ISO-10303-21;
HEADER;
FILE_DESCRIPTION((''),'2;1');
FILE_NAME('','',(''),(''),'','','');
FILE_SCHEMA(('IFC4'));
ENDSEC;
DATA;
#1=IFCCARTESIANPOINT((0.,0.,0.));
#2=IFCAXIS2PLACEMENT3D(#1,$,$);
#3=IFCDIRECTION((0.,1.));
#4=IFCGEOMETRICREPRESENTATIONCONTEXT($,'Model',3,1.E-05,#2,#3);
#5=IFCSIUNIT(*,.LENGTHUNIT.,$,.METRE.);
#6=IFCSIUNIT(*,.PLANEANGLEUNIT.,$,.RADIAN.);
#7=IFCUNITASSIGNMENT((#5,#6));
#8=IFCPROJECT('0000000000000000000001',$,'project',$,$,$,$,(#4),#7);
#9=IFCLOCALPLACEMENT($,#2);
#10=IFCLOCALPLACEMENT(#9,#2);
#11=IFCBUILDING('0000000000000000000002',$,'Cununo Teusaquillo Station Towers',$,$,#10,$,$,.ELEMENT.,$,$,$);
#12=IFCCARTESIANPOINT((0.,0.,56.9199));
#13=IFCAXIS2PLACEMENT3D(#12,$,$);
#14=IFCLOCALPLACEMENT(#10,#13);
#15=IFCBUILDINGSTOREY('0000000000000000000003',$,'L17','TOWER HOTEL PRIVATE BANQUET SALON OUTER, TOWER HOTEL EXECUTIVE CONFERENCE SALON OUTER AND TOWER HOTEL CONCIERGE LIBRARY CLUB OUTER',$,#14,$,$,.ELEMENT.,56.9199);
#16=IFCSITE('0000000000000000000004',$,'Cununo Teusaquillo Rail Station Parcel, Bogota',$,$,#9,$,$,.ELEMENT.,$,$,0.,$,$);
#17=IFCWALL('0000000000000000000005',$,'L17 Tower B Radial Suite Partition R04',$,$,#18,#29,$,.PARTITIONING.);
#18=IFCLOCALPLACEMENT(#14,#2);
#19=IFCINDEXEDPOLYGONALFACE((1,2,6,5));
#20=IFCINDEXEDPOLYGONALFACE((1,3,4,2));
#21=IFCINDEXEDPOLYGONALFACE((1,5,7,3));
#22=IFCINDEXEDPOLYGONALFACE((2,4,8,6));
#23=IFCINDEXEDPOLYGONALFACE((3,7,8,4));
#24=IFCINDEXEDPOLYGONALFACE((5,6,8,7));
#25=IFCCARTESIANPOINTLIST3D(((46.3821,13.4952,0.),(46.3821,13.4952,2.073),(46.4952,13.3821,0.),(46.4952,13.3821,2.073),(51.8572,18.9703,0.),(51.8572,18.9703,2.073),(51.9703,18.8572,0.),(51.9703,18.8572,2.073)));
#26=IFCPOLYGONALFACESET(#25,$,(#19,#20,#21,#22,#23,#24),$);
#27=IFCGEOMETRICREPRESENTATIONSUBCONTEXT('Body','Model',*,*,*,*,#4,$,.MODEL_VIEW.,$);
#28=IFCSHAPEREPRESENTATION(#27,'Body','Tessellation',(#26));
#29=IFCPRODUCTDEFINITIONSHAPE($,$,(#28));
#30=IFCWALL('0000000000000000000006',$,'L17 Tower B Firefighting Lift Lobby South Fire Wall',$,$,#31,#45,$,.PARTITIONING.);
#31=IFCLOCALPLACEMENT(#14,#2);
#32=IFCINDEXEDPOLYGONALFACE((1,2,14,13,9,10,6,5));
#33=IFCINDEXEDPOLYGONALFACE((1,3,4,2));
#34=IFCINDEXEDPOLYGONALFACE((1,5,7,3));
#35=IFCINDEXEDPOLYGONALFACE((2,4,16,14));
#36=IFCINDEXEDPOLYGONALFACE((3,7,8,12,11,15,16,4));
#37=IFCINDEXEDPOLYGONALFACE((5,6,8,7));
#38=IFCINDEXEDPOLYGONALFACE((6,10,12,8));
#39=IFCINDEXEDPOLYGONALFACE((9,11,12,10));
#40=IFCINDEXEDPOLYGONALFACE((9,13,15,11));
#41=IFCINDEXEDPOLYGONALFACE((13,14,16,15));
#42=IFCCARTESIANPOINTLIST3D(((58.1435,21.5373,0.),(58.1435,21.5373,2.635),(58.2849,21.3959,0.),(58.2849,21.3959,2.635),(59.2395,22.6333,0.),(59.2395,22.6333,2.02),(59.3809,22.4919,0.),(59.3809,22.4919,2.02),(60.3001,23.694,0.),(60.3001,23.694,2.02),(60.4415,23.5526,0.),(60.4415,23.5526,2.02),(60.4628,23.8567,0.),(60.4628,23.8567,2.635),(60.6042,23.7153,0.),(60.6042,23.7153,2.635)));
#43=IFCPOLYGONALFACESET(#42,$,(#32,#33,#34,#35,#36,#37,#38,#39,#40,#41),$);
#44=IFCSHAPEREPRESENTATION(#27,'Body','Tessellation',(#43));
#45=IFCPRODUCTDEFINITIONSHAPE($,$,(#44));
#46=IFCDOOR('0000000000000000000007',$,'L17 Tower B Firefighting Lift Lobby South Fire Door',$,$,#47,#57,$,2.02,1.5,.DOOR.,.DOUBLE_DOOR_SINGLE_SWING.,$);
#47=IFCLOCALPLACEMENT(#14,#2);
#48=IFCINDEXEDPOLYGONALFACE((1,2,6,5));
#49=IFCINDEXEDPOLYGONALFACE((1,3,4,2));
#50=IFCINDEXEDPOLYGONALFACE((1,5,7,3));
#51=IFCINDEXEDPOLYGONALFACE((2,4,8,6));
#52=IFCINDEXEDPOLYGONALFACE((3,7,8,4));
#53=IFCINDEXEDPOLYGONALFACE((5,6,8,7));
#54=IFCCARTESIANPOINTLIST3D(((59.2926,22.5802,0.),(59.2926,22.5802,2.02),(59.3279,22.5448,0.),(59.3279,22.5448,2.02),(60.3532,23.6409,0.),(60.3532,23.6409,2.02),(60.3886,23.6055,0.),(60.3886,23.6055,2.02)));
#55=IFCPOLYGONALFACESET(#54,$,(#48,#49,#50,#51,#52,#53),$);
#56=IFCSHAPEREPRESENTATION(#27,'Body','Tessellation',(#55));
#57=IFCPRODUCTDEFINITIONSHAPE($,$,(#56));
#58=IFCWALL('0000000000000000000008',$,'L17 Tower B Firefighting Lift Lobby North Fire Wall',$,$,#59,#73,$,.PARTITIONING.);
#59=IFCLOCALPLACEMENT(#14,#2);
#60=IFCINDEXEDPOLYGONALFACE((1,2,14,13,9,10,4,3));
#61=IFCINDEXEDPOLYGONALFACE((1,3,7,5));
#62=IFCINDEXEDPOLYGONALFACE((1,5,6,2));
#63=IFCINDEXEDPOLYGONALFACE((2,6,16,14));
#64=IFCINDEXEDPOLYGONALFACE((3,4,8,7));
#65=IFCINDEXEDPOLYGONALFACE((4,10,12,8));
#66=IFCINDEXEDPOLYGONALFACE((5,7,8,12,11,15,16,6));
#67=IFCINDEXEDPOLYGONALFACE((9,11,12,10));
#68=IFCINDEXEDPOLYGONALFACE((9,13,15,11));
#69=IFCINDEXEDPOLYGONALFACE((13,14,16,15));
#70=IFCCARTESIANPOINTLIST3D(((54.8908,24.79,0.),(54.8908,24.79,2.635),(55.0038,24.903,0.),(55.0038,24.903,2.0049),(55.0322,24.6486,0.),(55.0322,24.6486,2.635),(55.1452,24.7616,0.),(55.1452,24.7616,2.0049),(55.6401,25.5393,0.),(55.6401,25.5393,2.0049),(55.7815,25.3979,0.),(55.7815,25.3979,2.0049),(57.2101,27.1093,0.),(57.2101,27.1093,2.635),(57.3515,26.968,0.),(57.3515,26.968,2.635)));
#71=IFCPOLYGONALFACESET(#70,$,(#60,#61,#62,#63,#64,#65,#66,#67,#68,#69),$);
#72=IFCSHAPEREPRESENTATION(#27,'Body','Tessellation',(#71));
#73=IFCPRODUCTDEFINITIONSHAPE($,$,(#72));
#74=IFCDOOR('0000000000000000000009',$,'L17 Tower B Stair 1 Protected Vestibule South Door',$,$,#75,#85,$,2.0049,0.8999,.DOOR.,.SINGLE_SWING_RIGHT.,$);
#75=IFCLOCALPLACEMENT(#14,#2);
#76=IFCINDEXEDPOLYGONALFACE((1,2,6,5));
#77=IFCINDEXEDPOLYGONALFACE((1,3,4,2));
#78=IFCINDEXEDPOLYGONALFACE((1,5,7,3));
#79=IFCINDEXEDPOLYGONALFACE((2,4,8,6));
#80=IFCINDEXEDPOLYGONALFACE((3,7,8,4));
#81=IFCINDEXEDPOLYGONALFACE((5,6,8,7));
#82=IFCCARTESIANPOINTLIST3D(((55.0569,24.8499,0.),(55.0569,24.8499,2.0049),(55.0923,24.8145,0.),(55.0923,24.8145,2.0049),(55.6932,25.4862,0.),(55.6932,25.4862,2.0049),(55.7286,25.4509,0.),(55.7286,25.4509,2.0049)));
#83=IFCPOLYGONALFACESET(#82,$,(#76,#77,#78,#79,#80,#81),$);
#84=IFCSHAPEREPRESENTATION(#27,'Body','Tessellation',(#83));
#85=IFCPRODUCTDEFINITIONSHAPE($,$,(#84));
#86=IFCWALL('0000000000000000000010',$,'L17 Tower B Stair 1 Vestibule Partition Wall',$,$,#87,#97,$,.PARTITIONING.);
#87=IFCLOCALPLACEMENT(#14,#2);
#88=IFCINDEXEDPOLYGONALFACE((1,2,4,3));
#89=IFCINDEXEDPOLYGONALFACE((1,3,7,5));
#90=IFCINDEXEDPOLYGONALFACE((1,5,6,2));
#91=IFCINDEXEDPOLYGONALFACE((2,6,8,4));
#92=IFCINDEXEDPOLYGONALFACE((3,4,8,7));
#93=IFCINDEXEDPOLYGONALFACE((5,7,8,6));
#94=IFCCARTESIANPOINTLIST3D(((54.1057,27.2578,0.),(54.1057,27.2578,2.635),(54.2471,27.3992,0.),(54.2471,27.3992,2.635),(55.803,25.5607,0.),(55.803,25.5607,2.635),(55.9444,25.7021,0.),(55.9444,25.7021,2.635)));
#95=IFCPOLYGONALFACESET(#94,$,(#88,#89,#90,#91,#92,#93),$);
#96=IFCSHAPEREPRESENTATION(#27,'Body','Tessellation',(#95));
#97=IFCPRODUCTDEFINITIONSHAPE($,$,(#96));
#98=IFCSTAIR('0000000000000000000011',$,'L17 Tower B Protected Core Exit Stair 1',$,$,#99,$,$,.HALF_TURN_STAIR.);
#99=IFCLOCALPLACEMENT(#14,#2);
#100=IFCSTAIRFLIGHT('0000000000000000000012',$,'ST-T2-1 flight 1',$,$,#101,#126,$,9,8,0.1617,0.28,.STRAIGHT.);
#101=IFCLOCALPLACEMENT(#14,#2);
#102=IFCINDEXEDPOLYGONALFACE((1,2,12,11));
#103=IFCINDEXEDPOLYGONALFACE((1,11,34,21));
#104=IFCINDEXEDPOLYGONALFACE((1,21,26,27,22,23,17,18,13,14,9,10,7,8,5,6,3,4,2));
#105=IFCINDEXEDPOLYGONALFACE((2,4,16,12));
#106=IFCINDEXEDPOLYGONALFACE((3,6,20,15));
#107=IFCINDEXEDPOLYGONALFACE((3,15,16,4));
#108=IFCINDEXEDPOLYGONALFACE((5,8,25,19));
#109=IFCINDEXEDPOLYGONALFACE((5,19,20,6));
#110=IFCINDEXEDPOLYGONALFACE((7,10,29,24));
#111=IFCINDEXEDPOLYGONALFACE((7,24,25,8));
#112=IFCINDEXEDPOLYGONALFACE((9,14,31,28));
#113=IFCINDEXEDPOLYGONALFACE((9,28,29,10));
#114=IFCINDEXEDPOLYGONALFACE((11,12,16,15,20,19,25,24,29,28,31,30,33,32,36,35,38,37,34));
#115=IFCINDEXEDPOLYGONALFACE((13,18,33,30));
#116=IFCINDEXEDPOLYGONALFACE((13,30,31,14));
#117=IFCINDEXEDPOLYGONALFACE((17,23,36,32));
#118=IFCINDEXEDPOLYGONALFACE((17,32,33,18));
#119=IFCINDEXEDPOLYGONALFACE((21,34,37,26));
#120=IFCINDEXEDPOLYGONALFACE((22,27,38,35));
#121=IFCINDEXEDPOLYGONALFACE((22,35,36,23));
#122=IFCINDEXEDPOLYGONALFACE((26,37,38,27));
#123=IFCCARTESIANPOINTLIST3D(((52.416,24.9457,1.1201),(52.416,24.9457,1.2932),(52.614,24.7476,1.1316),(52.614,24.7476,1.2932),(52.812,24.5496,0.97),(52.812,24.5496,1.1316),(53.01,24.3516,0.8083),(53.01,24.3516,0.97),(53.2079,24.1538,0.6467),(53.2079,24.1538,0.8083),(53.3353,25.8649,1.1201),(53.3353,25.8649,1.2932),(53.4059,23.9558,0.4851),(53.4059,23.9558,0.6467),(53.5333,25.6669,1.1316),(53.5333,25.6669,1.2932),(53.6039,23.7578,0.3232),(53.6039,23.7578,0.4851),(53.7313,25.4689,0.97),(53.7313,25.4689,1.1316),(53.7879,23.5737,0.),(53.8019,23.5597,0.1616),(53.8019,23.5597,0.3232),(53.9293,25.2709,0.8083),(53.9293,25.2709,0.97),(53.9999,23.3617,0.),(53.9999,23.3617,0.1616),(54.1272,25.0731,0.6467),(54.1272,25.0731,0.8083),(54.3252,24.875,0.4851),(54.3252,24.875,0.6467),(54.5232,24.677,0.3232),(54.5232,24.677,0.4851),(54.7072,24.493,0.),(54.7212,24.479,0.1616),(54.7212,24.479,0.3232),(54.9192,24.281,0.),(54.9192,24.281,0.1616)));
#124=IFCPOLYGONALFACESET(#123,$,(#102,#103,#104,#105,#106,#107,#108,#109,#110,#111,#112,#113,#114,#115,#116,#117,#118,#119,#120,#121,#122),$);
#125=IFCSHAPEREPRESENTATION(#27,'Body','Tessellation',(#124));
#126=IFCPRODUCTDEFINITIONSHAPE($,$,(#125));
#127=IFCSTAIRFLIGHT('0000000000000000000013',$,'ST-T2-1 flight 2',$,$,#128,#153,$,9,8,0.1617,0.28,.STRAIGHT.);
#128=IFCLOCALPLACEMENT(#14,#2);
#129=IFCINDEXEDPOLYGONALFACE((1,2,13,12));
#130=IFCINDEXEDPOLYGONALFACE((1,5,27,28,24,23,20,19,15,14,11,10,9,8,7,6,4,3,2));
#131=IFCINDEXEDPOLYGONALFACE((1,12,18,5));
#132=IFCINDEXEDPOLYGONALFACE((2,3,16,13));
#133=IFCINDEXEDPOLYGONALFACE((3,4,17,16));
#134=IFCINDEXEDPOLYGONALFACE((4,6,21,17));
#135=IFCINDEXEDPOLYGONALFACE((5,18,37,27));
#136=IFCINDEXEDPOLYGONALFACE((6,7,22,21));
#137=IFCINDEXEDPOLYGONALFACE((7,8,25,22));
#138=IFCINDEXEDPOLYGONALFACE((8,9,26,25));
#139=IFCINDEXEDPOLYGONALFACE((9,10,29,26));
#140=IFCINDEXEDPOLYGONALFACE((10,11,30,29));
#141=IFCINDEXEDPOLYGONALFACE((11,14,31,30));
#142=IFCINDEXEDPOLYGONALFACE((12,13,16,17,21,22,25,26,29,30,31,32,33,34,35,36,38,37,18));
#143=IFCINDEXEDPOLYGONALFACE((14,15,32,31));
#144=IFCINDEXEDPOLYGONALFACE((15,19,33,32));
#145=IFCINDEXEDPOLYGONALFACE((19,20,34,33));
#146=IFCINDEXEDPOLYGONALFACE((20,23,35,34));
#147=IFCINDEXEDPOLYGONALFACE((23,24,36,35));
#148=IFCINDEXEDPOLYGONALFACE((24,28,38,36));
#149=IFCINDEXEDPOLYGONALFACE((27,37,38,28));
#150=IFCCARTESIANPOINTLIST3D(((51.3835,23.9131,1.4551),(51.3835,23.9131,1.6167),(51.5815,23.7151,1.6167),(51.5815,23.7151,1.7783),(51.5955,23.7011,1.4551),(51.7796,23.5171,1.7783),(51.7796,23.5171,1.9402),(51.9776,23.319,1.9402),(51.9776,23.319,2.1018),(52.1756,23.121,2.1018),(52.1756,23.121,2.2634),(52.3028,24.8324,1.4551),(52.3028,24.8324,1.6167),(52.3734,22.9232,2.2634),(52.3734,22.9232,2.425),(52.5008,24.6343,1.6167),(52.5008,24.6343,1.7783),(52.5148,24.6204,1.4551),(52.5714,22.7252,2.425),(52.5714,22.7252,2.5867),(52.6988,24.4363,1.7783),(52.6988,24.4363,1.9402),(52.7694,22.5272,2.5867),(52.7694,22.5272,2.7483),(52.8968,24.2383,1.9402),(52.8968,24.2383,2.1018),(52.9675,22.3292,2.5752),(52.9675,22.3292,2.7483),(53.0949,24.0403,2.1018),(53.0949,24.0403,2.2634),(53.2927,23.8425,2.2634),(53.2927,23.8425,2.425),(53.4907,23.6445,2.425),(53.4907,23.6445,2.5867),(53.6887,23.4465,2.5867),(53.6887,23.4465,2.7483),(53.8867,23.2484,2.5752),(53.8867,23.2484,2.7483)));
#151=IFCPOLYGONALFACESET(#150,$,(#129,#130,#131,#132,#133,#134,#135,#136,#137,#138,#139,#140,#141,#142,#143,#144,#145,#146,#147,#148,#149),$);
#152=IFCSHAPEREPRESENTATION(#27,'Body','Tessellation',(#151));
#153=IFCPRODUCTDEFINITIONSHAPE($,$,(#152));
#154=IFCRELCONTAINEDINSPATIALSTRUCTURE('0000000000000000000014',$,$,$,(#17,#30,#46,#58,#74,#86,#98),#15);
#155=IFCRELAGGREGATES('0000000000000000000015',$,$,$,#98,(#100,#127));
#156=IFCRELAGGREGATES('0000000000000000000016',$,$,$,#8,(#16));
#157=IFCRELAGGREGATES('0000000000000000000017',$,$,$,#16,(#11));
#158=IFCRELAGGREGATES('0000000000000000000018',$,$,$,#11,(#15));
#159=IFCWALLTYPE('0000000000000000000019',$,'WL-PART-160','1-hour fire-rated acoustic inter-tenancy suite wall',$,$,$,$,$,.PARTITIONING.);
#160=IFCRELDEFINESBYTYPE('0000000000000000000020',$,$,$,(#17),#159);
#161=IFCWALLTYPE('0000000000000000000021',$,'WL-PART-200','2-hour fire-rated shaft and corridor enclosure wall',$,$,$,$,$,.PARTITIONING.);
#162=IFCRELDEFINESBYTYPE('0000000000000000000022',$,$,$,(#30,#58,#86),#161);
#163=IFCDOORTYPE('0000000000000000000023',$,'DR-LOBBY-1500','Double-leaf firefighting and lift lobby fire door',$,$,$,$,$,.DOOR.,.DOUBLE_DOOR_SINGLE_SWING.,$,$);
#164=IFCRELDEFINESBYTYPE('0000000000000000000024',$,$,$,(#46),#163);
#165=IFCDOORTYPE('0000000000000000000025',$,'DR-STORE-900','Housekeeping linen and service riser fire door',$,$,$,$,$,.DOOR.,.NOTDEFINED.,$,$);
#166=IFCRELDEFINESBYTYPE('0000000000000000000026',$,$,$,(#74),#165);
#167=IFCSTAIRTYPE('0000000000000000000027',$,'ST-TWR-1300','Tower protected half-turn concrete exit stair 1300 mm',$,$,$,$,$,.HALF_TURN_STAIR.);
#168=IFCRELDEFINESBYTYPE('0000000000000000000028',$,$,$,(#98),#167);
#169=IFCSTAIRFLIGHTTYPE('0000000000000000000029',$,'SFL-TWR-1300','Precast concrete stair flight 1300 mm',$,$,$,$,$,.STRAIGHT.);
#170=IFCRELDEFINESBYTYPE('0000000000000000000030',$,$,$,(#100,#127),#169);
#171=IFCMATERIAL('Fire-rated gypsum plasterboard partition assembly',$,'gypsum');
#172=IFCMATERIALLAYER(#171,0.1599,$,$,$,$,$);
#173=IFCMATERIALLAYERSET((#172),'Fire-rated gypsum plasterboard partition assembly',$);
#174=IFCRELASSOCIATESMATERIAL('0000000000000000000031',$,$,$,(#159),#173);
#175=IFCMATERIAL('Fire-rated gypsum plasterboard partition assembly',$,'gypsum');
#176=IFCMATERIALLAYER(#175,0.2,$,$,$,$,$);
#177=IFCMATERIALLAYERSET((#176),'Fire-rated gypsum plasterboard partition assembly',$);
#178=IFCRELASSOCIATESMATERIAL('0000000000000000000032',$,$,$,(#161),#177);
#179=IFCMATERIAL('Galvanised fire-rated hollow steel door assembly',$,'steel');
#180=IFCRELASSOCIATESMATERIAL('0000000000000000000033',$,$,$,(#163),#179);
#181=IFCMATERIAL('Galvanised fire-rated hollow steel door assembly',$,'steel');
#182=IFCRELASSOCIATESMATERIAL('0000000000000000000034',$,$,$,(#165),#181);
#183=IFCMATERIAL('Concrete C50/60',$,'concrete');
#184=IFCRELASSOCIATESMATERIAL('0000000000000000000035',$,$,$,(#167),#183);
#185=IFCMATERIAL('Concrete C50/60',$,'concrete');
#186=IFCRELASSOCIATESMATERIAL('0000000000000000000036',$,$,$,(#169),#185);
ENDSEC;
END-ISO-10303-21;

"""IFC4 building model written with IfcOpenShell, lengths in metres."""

from ifc_helpers import new_model, si_unit, direction, frame, frame_2d, origin, place, context, subcontext, project, spatial, polyline, rectangle, outline, extrude, source, transform, mapped, material, layer, layer_set, type_object, element, fill, aggregate, save


model = new_model("IFC4")

# Units and contexts
model_context = context("Model", 3, precision=1e-05, world=origin(), true_north=direction((0.0, 1.0)))
body_context = subcontext(model_context, "Body", "Model", "MODEL_VIEW")
ifc_project = project(units=[si_unit("LENGTHUNIT", "METRE"), si_unit("PLANEANGLEUNIT", "RADIAN")], contexts=[model_context])

# Site, building, storey
site_placement = place(None, origin())
site = spatial("IfcSite", under=ifc_project, at=site_placement, Name="Cununo Teusaquillo Rail Station Parcel, Bogota", CompositionType="ELEMENT", RefElevation=0.0)
building_placement = place(site_placement, origin())
building = spatial("IfcBuilding", under=site, at=building_placement, Name="Cununo Teusaquillo Station Towers", CompositionType="ELEMENT")
storey_placement = place(building_placement, frame((0.0, 0.0, 56.9199)))
storey = spatial("IfcBuildingStorey", under=building, at=storey_placement, Name="L17", Description="TOWER HOTEL PRIVATE BANQUET SALON OUTER, TOWER HOTEL EXECUTIVE CONFERENCE SALON OUTER AND TOWER HOTEL CONCIERGE LIBRARY CLUB OUTER", CompositionType="ELEMENT", Elevation=56.9199)

# Wall
ifc_material_1 = material(Name="Fire-rated gypsum plasterboard partition assembly", Category="gypsum")
ifc_layer_1 = layer(ifc_material_1, 0.1599)
ifc_layer_set_1 = layer_set([ifc_layer_1], Name="Fire-rated gypsum plasterboard partition assembly")
wall_type_1 = type_object("IfcWallType", Name="WL-PART-160", Description="1-hour fire-rated acoustic inter-tenancy suite wall", PredefinedType="PARTITIONING", material=ifc_layer_set_1)
wall_1_placement = place(storey_placement, frame((51.9138, 18.9138, 0.0), z_axis=(0.0, 0.0, 1.0), x_axis=(-0.707107, -0.707107, 0.0)))
element("IfcWall", 1, at=wall_1_placement, inside=storey, type_object=wall_type_1, Name="L17 Tower B Radial Suite Partition R04", PredefinedType="PARTITIONING", context=body_context, shape_type="SweptSolid", body=[
    extrude(rectangle(XDim=7.7429, YDim=0.1599, at=frame_2d((3.8716, 0.0))), origin(), (0.0, 0.0, 1.0), 2.073),
])

# Walls, openings, doors
ifc_material_2 = material(Name="Fire-rated gypsum plasterboard partition assembly", Category="gypsum")
ifc_layer_2 = layer(ifc_material_2, 0.2)
ifc_layer_set_2 = layer_set([ifc_layer_2], Name="Fire-rated gypsum plasterboard partition assembly")
wall_type_2 = type_object("IfcWallType", Name="WL-PART-200", Description="2-hour fire-rated shaft and corridor enclosure wall", PredefinedType="PARTITIONING", material=ifc_layer_set_2)
wall_2_placement = place(storey_placement, frame((58.2141, 21.4666, 0.0), z_axis=(0.0, 0.0, 1.0), x_axis=(0.707107, 0.707107, 0.0)))
wall_2 = element("IfcWall", 2, at=wall_2_placement, inside=storey, type_object=wall_type_2, Name="L17 Tower B Firefighting Lift Lobby South Fire Wall", PredefinedType="PARTITIONING", context=body_context, shape_type="SweptSolid", body=[
    extrude(rectangle(XDim=3.28, YDim=0.2, at=frame_2d((1.6401, 0.0))), origin(), (0.0, 0.0, 1.0), 2.635),
])
shared_shape_1 = source(origin(), body_context, "Body", "SweptSolid", [
    extrude(rectangle(XDim=1.5, YDim=2.02, at=frame_2d((0.75, 1.01))), frame((0.0, 0.1099, 0.0), z_axis=(0.0, -1.0, 0.0), x_axis=(1.0, 0.0, 0.0)), (0.0, 0.0, 1.0), 0.22),
])
opening_1_placement = place(wall_2_placement, frame((1.55, 0.0, 0.0)))
opening_1 = element("IfcOpeningElement", 3, at=opening_1_placement, cuts=wall_2, PredefinedType="OPENING", context=body_context, shape_type="MappedRepresentation", body=[
    mapped(shared_shape_1, transform((0.0, 0.0, 0.0), x_axis=(1.0, 0.0, 0.0), y_axis=(0.0, 1.0, 0.0), z_axis=(0.0, 0.0, 1.0), scale=1.0)),
])
ifc_material_3 = material(Name="Galvanised fire-rated hollow steel door assembly", Category="steel")
door_type_1 = type_object("IfcDoorType", Name="DR-LOBBY-1500", Description="Double-leaf firefighting and lift lobby fire door", OperationType="DOUBLE_DOOR_SINGLE_SWING", PredefinedType="DOOR", material=ifc_material_3)
shared_shape_2 = source(origin(), body_context, "Body", "SweptSolid", [
    extrude(rectangle(XDim=1.5, YDim=2.02, at=frame_2d((0.75, 1.01))), frame((0.0, 0.0249, 0.0), z_axis=(0.0, -1.0, 0.0), x_axis=(1.0, 0.0, 0.0)), (0.0, 0.0, 1.0), 0.05),
])
door_1_placement = place(opening_1_placement, origin())
door_1 = element("IfcDoor", 4, at=door_1_placement, inside=storey, type_object=door_type_1, Name="L17 Tower B Firefighting Lift Lobby South Fire Door", OperationType="DOUBLE_DOOR_SINGLE_SWING", OverallHeight=2.02, OverallWidth=1.5, PredefinedType="DOOR", context=body_context, shape_type="MappedRepresentation", body=[
    mapped(shared_shape_2, transform((0.0, 0.0, 0.0), x_axis=(1.0, 0.0, 0.0), y_axis=(0.0, 1.0, 0.0), z_axis=(0.0, 0.0, 1.0), scale=1.0)),
])
fill(opening_1, door_1)
wall_3_placement = place(storey_placement, frame((54.9614, 24.7192, 0.0), z_axis=(0.0, 0.0, 1.0), x_axis=(0.707107, 0.707107, 0.0)))
wall_3 = element("IfcWall", 5, at=wall_3_placement, inside=storey, type_object=wall_type_2, Name="L17 Tower B Firefighting Lift Lobby North Fire Wall", PredefinedType="PARTITIONING", context=body_context, shape_type="SweptSolid", body=[
    extrude(rectangle(XDim=3.28, YDim=0.2, at=frame_2d((1.6401, 0.0))), origin(), (0.0, 0.0, 1.0), 2.635),
])
shared_shape_3 = source(origin(), body_context, "Body", "SweptSolid", [
    extrude(rectangle(XDim=0.8999, YDim=2.0049, at=frame_2d((0.45, 1.0024))), frame((0.0, 0.1099, 0.0), z_axis=(0.0, -1.0, 0.0), x_axis=(1.0, 0.0, 0.0)), (0.0, 0.0, 1.0), 0.22),
])
opening_2_placement = place(wall_3_placement, frame((0.1599, 0.0, 0.0)))
opening_2 = element("IfcOpeningElement", 6, at=opening_2_placement, cuts=wall_3, PredefinedType="OPENING", context=body_context, shape_type="MappedRepresentation", body=[
    mapped(shared_shape_3, transform((0.0, 0.0, 0.0), x_axis=(1.0, 0.0, 0.0), y_axis=(0.0, 1.0, 0.0), z_axis=(0.0, 0.0, 1.0), scale=1.0)),
])
ifc_material_4 = material(Name="Galvanised fire-rated hollow steel door assembly", Category="steel")
door_type_2 = type_object("IfcDoorType", Name="DR-STORE-900", Description="Housekeeping linen and service riser fire door", OperationType="NOTDEFINED", PredefinedType="DOOR", material=ifc_material_4)
shared_shape_4 = source(origin(), body_context, "Body", "SweptSolid", [
    extrude(rectangle(XDim=0.8999, YDim=2.0049, at=frame_2d((0.45, 1.0024))), frame((0.0, 0.0249, 0.0), z_axis=(0.0, -1.0, 0.0), x_axis=(1.0, 0.0, 0.0)), (0.0, 0.0, 1.0), 0.05),
])
door_2_placement = place(opening_2_placement, origin())
door_2 = element("IfcDoor", 7, at=door_2_placement, inside=storey, type_object=door_type_2, Name="L17 Tower B Stair 1 Protected Vestibule South Door", OperationType="SINGLE_SWING_RIGHT", OverallHeight=2.0049, OverallWidth=0.8999, PredefinedType="DOOR", context=body_context, shape_type="MappedRepresentation", body=[
    mapped(shared_shape_4, transform((0.0, 0.0, 0.0), x_axis=(1.0, 0.0, 0.0), y_axis=(0.0, 1.0, 0.0), z_axis=(0.0, 0.0, 1.0), scale=1.0)),
])
fill(opening_2, door_2)

# Wall
wall_4_placement = place(storey_placement, frame((55.8738, 25.6313, 0.0), z_axis=(0.0, 0.0, 1.0), x_axis=(-0.707158, 0.707056, 0.0)))
element("IfcWall", 8, at=wall_4_placement, inside=storey, type_object=wall_type_2, Name="L17 Tower B Stair 1 Vestibule Partition Wall", PredefinedType="PARTITIONING", context=body_context, shape_type="SweptSolid", body=[
    extrude(rectangle(XDim=2.4001, YDim=0.2, at=frame_2d((1.2002, 0.0))), origin(), (0.0, 0.0, 1.0), 2.635),
])

# Stair, stair flights
ifc_material_5 = material(Name="Concrete C50/60", Category="concrete")
stair_type = type_object("IfcStairType", Name="ST-TWR-1300", Description="Tower protected half-turn concrete exit stair 1300 mm", PredefinedType="HALF_TURN_STAIR", material=ifc_material_5)
stair_placement = place(storey_placement, origin())
stair = element("IfcStair", 9, at=stair_placement, inside=storey, type_object=stair_type, Name="L17 Tower B Protected Core Exit Stair 1", PredefinedType="HALF_TURN_STAIR")
ifc_material_6 = material(Name="Concrete C50/60", Category="concrete")
stair_flight_type = type_object("IfcStairFlightType", Name="SFL-TWR-1300", Description="Precast concrete stair flight 1300 mm", PredefinedType="STRAIGHT", material=ifc_material_6)
stair_flight_1_placement = place(storey_placement, frame((54.4595, 23.8213, 0.0), z_axis=(0.0, 0.0, 1.0), x_axis=(-0.707107, 0.707107, 0.0)))
stair_flight_1 = element("IfcStairFlight", 10, at=stair_flight_1_placement, type_object=stair_flight_type, Name="ST-T2-1 flight 1", NumberOfRisers=9, NumberOfTreads=8, PredefinedType="STRAIGHT", RiserHeight=0.1617, TreadLength=0.28, context=body_context, shape_type="SweptSolid", body=[
    extrude(outline(polyline([(0.0, 0.0), (0.0, 0.1616), (0.28, 0.1616), (0.28, 0.3232), (0.5601, 0.3232), (0.5601, 0.4851), (0.8401, 0.4851), (0.8401, 0.6467), (1.1201, 0.6467), (1.1201, 0.8083), (1.3999, 0.8083), (1.3999, 0.97), (1.6799, 0.97), (1.6799, 1.1316), (1.96, 1.1316), (1.96, 1.2932), (2.24, 1.2932), (2.24, 1.4551), (2.24, 1.1201), (0.2998, 0.0), (0.0, 0.0)])), frame((0.0, 0.6499, 0.0), z_axis=(0.0, -1.0, 0.0), x_axis=(1.0, 0.0, 0.0)), (0.0, 0.0, 1.0), 1.3),
])
stair_flight_2_placement = place(storey_placement, frame((51.8433, 24.3728, 1.4551), z_axis=(0.0, 0.0, 1.0), x_axis=(0.707107, -0.707107, 0.0)))
stair_flight_2 = element("IfcStairFlight", 11, at=stair_flight_2_placement, type_object=stair_flight_type, Name="ST-T2-1 flight 2", NumberOfRisers=9, NumberOfTreads=8, PredefinedType="STRAIGHT", RiserHeight=0.1617, TreadLength=0.28, context=body_context, shape_type="SweptSolid", body=[
    extrude(outline(polyline([(0.0, 0.0), (0.0, 0.1616), (0.28, 0.1616), (0.28, 0.3232), (0.5601, 0.3232), (0.5601, 0.4851), (0.8401, 0.4851), (0.8401, 0.6467), (1.1201, 0.6467), (1.1201, 0.8083), (1.3999, 0.8083), (1.3999, 0.97), (1.6799, 0.97), (1.6799, 1.1316), (1.96, 1.1316), (1.96, 1.2932), (2.24, 1.2932), (2.24, 1.4551), (2.24, 1.1201), (0.2998, 0.0), (0.0, 0.0)])), frame((0.0, 0.6499, 0.0), z_axis=(0.0, -1.0, 0.0), x_axis=(1.0, 0.0, 0.0)), (0.0, 0.0, 1.0), 1.3),
])
aggregate(stair, [stair_flight_1, stair_flight_2])

save(model, "model.ifc")
